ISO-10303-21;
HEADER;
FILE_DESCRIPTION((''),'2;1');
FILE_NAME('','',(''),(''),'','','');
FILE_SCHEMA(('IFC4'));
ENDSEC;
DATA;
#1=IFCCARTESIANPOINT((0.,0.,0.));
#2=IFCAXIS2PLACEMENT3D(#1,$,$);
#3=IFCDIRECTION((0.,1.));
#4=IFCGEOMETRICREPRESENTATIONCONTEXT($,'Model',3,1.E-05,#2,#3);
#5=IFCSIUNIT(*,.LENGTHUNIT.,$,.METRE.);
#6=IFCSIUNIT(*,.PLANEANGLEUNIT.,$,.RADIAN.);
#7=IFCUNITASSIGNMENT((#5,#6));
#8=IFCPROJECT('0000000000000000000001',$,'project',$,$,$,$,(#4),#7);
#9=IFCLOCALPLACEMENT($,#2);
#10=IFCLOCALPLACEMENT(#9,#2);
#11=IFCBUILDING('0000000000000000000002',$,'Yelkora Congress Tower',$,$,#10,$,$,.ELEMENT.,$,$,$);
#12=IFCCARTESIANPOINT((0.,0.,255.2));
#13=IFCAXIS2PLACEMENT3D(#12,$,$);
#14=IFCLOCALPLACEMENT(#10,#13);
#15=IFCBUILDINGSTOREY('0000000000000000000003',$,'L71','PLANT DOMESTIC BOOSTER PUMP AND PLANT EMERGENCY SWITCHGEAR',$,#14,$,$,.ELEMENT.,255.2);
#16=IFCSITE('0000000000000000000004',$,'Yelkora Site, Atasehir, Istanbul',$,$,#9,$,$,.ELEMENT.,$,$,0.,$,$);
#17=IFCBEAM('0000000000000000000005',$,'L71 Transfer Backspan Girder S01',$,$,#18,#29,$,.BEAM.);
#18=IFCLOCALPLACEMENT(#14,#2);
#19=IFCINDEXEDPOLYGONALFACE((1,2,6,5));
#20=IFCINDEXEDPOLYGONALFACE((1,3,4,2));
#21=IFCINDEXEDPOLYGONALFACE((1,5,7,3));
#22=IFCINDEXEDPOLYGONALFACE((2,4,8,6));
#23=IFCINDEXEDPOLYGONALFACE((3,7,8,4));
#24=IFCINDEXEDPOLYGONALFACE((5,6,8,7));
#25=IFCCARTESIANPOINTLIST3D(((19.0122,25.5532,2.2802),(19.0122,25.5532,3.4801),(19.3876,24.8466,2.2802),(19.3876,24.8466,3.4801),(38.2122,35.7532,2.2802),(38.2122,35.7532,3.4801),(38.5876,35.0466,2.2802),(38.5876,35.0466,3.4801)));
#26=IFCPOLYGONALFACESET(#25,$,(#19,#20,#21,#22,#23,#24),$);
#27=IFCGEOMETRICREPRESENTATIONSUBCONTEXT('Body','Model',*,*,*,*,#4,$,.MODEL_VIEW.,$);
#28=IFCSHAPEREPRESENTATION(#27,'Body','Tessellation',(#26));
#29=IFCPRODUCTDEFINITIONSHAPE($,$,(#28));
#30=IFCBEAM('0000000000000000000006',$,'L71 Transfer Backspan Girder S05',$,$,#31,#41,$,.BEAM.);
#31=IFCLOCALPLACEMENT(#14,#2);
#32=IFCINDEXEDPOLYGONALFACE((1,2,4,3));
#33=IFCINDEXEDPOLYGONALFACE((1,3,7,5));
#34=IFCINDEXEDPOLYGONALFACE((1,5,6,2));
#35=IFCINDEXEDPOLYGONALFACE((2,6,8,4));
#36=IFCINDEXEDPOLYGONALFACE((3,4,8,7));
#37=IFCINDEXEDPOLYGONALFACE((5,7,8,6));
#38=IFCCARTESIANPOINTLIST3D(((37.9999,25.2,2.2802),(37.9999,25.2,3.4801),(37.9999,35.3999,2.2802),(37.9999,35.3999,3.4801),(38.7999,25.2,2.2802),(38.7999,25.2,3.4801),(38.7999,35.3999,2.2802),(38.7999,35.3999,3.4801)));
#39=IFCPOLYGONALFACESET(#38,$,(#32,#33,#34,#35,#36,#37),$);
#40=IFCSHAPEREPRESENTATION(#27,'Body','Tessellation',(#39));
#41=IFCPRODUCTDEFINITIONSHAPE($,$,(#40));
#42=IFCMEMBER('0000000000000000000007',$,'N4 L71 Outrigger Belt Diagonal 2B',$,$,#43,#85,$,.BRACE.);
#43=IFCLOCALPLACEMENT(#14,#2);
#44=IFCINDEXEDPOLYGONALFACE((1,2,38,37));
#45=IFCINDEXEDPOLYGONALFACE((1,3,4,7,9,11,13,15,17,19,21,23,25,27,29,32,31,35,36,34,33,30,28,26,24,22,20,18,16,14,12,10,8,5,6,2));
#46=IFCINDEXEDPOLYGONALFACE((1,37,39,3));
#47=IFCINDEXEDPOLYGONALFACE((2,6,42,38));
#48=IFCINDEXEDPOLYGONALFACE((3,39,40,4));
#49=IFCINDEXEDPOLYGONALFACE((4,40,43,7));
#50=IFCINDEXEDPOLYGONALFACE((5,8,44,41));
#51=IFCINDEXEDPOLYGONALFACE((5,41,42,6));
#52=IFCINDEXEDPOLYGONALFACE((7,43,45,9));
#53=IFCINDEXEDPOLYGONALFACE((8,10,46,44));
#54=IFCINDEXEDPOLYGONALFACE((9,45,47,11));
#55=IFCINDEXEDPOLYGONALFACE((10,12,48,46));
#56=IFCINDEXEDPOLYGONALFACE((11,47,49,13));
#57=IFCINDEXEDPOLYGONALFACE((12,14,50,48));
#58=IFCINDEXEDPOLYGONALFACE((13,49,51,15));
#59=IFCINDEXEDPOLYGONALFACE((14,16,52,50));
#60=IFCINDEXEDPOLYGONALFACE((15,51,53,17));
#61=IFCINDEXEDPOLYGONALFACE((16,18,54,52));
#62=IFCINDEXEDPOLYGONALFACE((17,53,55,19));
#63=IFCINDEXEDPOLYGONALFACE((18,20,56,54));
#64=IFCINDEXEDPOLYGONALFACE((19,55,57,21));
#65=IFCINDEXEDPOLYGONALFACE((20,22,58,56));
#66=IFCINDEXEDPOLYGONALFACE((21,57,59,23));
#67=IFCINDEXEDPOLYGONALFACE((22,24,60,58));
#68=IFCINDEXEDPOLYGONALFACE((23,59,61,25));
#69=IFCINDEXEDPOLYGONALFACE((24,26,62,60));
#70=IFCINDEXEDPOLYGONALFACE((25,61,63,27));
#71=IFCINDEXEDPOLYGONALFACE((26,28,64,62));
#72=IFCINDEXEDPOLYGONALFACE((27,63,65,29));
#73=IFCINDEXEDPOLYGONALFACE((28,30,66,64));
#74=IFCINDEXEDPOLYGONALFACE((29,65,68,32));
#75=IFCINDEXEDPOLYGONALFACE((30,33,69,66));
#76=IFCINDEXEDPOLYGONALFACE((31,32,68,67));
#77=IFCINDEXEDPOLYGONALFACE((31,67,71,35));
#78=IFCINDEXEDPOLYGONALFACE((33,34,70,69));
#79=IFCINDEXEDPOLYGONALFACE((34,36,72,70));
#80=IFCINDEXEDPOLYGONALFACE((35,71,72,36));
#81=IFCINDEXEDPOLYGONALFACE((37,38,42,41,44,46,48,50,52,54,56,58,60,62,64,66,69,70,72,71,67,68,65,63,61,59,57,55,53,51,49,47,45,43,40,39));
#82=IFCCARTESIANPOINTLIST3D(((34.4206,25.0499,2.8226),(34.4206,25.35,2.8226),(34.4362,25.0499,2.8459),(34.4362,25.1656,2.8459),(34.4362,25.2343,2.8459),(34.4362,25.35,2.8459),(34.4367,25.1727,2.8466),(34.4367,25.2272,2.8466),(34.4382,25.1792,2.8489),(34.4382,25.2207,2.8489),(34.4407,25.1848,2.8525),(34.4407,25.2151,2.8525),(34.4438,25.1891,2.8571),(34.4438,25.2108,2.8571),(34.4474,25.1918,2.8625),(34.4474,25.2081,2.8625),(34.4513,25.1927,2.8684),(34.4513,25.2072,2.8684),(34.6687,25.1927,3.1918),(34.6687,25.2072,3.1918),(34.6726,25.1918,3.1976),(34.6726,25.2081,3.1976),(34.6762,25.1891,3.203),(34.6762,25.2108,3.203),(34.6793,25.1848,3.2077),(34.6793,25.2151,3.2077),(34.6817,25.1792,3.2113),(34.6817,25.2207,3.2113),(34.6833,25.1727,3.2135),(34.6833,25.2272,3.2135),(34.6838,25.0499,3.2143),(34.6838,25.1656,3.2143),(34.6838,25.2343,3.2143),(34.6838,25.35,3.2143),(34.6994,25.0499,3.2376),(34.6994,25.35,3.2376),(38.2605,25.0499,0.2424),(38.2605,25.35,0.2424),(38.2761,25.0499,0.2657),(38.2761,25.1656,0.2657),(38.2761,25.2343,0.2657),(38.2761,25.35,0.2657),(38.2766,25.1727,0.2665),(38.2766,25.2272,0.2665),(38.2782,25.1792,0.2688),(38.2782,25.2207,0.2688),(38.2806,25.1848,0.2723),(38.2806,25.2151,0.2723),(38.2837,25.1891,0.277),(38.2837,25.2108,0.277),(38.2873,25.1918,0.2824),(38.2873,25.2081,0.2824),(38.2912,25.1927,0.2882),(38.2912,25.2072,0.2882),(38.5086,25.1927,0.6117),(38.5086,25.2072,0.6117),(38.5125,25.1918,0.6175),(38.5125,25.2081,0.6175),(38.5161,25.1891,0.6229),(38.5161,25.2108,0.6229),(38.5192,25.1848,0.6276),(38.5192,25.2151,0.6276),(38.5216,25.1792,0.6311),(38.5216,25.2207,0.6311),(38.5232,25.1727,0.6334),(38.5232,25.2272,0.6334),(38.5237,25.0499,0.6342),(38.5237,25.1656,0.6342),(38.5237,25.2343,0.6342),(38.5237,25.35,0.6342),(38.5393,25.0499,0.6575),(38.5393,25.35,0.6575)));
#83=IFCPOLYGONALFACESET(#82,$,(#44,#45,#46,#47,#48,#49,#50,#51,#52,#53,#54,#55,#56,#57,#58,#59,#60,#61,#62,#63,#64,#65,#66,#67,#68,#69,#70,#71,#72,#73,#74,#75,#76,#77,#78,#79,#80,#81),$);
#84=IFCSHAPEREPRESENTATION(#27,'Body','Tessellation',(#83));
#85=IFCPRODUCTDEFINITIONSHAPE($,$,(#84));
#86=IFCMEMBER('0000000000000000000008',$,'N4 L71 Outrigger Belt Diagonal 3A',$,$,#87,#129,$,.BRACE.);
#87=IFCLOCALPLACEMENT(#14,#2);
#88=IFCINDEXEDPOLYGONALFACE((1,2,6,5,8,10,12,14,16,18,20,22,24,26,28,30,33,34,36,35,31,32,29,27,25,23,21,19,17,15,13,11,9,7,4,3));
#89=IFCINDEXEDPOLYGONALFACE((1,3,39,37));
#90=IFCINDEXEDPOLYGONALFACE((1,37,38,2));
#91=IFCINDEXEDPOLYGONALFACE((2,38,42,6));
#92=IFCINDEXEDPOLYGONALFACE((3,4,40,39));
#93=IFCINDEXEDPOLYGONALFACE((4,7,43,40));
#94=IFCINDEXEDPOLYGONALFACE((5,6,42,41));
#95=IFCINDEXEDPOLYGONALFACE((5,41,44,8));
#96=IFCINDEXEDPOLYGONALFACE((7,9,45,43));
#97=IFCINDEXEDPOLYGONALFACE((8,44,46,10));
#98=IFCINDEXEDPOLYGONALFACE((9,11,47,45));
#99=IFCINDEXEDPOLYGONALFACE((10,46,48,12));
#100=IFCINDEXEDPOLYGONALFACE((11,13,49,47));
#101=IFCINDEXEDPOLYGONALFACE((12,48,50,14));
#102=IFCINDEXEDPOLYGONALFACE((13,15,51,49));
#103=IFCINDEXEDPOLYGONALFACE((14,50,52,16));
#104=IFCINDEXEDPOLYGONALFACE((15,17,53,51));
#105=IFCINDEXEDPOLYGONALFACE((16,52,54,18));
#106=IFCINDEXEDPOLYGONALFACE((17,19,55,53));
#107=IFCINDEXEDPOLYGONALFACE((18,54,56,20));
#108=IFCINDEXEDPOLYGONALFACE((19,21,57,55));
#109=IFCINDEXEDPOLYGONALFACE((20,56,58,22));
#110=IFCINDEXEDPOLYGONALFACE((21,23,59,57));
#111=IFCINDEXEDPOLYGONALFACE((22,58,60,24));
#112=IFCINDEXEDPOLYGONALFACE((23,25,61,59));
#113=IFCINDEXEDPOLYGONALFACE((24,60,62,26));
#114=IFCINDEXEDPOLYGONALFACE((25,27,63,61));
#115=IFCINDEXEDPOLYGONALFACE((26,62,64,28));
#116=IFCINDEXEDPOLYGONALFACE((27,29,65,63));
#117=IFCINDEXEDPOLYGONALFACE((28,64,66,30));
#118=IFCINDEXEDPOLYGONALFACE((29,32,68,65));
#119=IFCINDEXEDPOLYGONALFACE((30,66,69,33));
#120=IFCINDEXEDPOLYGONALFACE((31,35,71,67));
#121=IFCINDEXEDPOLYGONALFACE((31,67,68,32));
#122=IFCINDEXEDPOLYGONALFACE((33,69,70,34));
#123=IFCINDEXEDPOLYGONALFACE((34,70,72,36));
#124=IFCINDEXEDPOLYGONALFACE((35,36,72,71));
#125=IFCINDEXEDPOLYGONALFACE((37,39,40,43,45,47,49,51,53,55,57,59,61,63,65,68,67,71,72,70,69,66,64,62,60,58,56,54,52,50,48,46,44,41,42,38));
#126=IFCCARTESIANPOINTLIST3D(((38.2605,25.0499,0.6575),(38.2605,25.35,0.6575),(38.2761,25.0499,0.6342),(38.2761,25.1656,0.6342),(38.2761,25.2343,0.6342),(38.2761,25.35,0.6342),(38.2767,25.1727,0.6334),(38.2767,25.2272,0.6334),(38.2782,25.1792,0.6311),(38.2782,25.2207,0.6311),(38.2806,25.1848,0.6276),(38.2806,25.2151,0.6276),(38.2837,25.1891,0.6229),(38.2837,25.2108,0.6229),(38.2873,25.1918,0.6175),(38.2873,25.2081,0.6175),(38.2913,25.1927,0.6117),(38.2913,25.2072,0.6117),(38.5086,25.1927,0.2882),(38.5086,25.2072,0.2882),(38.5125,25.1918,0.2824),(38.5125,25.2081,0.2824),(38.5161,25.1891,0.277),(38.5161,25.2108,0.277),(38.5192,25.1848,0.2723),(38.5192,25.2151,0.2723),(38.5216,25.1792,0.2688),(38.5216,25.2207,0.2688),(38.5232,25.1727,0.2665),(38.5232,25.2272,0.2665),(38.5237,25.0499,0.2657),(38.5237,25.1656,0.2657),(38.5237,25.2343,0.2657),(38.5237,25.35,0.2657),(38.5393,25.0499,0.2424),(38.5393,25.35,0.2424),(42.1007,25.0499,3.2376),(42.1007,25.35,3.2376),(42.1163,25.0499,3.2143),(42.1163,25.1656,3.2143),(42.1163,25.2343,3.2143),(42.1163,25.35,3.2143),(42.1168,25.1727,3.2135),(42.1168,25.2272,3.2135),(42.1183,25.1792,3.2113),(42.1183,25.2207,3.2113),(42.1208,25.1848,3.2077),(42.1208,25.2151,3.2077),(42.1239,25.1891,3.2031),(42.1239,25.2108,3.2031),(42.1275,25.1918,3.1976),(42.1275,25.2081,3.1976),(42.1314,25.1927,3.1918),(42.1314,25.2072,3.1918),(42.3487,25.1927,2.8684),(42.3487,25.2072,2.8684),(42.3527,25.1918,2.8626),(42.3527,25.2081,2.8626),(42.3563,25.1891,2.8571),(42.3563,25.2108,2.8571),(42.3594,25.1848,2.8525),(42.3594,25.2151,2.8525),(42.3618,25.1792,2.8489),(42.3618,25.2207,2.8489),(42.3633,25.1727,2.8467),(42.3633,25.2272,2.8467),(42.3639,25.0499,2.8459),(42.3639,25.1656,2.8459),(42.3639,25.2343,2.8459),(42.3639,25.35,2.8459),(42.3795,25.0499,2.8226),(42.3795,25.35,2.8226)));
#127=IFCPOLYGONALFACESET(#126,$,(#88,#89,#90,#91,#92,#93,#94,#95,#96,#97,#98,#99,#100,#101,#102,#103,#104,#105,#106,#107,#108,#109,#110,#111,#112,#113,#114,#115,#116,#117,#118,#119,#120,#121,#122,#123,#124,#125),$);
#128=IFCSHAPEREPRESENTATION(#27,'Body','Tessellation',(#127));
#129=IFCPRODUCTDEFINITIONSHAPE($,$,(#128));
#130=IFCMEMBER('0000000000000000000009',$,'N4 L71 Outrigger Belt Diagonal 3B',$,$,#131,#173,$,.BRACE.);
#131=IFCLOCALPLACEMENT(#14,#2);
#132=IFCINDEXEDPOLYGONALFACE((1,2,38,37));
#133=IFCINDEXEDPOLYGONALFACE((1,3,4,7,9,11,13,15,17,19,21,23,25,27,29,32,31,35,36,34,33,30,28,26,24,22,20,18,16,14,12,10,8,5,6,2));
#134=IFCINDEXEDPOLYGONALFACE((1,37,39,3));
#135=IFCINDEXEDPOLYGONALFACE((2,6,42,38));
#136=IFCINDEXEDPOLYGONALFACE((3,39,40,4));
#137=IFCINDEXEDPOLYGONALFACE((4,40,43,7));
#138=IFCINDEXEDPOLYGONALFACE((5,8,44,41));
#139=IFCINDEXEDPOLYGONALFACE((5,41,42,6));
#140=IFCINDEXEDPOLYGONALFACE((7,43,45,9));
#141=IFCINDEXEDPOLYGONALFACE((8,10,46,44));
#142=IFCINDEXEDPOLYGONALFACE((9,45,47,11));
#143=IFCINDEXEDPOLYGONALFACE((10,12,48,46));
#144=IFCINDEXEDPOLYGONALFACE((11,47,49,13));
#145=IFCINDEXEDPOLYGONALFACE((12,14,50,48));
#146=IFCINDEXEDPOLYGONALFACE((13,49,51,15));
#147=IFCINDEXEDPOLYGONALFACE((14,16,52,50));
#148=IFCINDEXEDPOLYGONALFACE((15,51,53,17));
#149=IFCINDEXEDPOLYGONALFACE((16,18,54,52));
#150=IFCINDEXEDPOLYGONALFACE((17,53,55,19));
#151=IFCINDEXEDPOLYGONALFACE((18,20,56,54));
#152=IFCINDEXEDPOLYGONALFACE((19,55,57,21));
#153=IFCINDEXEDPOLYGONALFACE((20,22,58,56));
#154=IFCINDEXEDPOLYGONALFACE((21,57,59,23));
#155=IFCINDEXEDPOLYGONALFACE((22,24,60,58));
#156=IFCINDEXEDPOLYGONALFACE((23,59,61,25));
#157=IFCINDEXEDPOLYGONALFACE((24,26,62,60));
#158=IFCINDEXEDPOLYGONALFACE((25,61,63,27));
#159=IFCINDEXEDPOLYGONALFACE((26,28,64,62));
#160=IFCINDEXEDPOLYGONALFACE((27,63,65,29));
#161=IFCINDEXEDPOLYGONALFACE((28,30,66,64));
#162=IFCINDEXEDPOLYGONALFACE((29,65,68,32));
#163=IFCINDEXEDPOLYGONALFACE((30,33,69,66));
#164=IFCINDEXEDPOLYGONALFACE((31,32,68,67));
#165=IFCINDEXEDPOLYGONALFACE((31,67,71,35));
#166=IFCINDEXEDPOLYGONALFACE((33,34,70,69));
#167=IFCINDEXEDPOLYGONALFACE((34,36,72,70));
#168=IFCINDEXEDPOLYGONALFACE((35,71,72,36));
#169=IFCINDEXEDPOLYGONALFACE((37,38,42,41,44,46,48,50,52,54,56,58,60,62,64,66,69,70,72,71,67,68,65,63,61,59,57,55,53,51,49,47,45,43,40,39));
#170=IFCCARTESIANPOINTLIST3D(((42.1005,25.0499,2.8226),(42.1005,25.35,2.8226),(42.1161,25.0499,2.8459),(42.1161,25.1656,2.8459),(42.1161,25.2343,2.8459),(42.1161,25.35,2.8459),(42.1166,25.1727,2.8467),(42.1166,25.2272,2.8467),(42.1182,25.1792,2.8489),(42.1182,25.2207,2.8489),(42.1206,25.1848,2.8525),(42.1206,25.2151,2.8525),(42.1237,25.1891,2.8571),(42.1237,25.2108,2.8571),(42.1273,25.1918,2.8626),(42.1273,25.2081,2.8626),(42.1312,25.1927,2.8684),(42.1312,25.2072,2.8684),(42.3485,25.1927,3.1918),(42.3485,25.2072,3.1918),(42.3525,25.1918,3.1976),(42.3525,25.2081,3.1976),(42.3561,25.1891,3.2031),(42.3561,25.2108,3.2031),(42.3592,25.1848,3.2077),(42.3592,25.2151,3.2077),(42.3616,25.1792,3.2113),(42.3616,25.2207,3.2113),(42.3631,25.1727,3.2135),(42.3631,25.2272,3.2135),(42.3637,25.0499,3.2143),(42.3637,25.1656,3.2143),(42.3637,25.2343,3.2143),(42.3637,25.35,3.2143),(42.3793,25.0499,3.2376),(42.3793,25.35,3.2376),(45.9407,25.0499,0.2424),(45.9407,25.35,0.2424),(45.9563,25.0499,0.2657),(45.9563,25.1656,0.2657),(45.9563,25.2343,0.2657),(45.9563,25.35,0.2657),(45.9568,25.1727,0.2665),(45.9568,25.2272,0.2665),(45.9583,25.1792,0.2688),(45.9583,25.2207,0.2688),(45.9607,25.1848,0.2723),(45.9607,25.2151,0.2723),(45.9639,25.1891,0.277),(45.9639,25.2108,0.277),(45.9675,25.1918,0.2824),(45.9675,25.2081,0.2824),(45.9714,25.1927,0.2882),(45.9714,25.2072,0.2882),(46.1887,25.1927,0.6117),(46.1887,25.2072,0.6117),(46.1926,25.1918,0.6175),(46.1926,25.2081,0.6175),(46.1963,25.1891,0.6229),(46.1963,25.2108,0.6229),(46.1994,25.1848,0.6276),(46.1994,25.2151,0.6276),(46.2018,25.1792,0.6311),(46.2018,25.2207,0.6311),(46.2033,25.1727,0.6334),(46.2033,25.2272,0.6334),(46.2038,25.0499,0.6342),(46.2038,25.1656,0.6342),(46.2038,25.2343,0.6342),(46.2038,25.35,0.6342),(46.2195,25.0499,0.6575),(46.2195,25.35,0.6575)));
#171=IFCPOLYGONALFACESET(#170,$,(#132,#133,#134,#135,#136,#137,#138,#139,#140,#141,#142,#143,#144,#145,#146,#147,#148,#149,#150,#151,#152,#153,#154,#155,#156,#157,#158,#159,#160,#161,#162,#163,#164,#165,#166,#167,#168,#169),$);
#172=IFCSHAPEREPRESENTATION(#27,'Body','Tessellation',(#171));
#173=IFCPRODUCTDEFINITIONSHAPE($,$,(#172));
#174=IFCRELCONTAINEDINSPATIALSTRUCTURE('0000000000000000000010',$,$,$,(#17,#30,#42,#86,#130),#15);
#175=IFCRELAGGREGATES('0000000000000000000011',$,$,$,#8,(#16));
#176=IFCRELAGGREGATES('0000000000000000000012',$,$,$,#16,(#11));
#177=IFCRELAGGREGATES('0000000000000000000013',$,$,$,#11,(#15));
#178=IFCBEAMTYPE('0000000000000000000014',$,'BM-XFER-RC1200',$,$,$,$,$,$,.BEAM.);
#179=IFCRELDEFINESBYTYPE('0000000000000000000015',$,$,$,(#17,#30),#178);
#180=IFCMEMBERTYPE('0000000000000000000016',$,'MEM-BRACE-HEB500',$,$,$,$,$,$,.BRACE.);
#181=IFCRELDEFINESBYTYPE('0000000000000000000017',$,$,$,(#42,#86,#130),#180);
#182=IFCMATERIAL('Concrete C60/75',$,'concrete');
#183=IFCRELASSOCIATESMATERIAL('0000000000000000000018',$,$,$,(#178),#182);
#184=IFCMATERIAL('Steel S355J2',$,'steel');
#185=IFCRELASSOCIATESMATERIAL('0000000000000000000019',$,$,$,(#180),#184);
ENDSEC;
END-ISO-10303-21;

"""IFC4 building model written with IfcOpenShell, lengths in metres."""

from ifc_helpers import new_model, si_unit, direction, frame, origin, origin_2d, place, context, subcontext, project, spatial, rectangle, i_section, extrude, material, material_profile, profile_set, type_object, element, save


model = new_model("IFC4")

# Units and contexts
model_context = context("Model", 3, precision=1e-05, world=origin(), true_north=direction((0.0, 1.0)))
body_context = subcontext(model_context, "Body", "Model", "MODEL_VIEW")
ifc_project = project(units=[si_unit("LENGTHUNIT", "METRE"), si_unit("PLANEANGLEUNIT", "RADIAN")], contexts=[model_context])

# Site, building, storey
site_placement = place(None, origin())
site = spatial("IfcSite", under=ifc_project, at=site_placement, Name="Yelkora Site, Atasehir, Istanbul", CompositionType="ELEMENT", RefElevation=0.0)
building_placement = place(site_placement, origin())
building = spatial("IfcBuilding", under=site, at=building_placement, Name="Yelkora Congress Tower", CompositionType="ELEMENT")
storey_placement = place(building_placement, frame((0.0, 0.0, 255.2)))
storey = spatial("IfcBuildingStorey", under=building, at=storey_placement, Name="L71", Description="PLANT DOMESTIC BOOSTER PUMP AND PLANT EMERGENCY SWITCHGEAR", CompositionType="ELEMENT", Elevation=255.2)

# Beams
ifc_material_1 = material(Name="Concrete C60/75", Category="concrete")
ifc_material_profile_1 = material_profile(ifc_material_1, rectangle(XDim=0.8, YDim=1.2, at=origin_2d()), Name="RC 800x1200")
ifc_profile_set_1 = profile_set([ifc_material_profile_1], Name="Concrete C60/75")
beam_type_1 = type_object("IfcBeamType", Name="BM-XFER-RC1200", PredefinedType="BEAM", material=ifc_profile_set_1)
beam_1_placement = place(storey_placement, frame((38.3999, 35.3999, 2.8801), z_axis=(-0.883116, -0.469154, 0.0), x_axis=(0.469154, -0.883116, 0.0)))
element("IfcBeam", 1, at=beam_1_placement, inside=storey, type_object=beam_type_1, Name="L71 Transfer Backspan Girder S01", PredefinedType="BEAM", context=body_context, shape_type="SweptSolid", body=[
    extrude(rectangle(XDim=0.8, YDim=1.2, at=origin_2d()), origin(), (0.0, 0.0, 1.0), 21.7412),
])
beam_2_placement = place(storey_placement, frame((38.3999, 35.3999, 2.8801), z_axis=(0.0, -1.0, 0.0), x_axis=(1.0, 0.0, 0.0)))
element("IfcBeam", 2, at=beam_2_placement, inside=storey, type_object=beam_type_1, Name="L71 Transfer Backspan Girder S05", PredefinedType="BEAM", context=body_context, shape_type="SweptSolid", body=[
    extrude(rectangle(XDim=0.8, YDim=1.2, at=origin_2d()), origin(), (0.0, 0.0, 1.0), 10.2),
])

# Members
ifc_material_2 = material(Name="Steel S355J2", Category="steel")
ifc_material_profile_2 = material_profile(ifc_material_2, i_section(OverallWidth=0.3, OverallDepth=0.5, WebThickness=0.0144, FlangeThickness=0.0281, FilletRadius=0.0271, at=origin_2d()), Name="HEB 500")
ifc_profile_set_2 = profile_set([ifc_material_profile_2], Name="Steel S355J2")
member_type_1 = type_object("IfcMemberType", Name="MEM-BRACE-HEB500", PredefinedType="BRACE", material=ifc_profile_set_2)
member_1_placement = place(storey_placement, frame((38.3999, 25.2, 0.45), z_axis=(-0.830031, 0.0, 0.557717), x_axis=(0.0, -1.0, 0.0)))
element("IfcMember", 3, at=member_1_placement, inside=storey, type_object=member_type_1, Name="N4 L71 Outrigger Belt Diagonal 2B", PredefinedType="BRACE", context=body_context, shape_type="SweptSolid", body=[
    extrude(i_section(OverallWidth=0.3, OverallDepth=0.5, WebThickness=0.0144, FlangeThickness=0.0281, FilletRadius=0.0271, at=origin_2d()), origin(), (0.0, 0.0, 1.0), 4.6262),
])
for number, where, z_axis, x_axis, name in (
    (4, (38.3999, 25.2, 0.45), (0.830048, 0.0, 0.557692), (0.0, 1.0, 0.0), "N4 L71 Outrigger Belt Diagonal 3A"),
    (5, (46.0801, 25.2, 0.45), (-0.830048, 0.0, 0.557692), (0.0, -1.0, 0.0), "N4 L71 Outrigger Belt Diagonal 3B"),
):
    element("IfcMember", number, at=place(storey_placement, frame(where, z_axis=z_axis, x_axis=x_axis)), inside=storey, type_object=member_type_1, Name=name, PredefinedType="BRACE", context=body_context, shape_type="SweptSolid", body=[
        extrude(i_section(OverallWidth=0.3, OverallDepth=0.5, WebThickness=0.0144, FlangeThickness=0.0281, FilletRadius=0.0271, at=origin_2d()), origin(), (0.0, 0.0, 1.0), 4.6265),
    ])

save(model, "model.ifc")
